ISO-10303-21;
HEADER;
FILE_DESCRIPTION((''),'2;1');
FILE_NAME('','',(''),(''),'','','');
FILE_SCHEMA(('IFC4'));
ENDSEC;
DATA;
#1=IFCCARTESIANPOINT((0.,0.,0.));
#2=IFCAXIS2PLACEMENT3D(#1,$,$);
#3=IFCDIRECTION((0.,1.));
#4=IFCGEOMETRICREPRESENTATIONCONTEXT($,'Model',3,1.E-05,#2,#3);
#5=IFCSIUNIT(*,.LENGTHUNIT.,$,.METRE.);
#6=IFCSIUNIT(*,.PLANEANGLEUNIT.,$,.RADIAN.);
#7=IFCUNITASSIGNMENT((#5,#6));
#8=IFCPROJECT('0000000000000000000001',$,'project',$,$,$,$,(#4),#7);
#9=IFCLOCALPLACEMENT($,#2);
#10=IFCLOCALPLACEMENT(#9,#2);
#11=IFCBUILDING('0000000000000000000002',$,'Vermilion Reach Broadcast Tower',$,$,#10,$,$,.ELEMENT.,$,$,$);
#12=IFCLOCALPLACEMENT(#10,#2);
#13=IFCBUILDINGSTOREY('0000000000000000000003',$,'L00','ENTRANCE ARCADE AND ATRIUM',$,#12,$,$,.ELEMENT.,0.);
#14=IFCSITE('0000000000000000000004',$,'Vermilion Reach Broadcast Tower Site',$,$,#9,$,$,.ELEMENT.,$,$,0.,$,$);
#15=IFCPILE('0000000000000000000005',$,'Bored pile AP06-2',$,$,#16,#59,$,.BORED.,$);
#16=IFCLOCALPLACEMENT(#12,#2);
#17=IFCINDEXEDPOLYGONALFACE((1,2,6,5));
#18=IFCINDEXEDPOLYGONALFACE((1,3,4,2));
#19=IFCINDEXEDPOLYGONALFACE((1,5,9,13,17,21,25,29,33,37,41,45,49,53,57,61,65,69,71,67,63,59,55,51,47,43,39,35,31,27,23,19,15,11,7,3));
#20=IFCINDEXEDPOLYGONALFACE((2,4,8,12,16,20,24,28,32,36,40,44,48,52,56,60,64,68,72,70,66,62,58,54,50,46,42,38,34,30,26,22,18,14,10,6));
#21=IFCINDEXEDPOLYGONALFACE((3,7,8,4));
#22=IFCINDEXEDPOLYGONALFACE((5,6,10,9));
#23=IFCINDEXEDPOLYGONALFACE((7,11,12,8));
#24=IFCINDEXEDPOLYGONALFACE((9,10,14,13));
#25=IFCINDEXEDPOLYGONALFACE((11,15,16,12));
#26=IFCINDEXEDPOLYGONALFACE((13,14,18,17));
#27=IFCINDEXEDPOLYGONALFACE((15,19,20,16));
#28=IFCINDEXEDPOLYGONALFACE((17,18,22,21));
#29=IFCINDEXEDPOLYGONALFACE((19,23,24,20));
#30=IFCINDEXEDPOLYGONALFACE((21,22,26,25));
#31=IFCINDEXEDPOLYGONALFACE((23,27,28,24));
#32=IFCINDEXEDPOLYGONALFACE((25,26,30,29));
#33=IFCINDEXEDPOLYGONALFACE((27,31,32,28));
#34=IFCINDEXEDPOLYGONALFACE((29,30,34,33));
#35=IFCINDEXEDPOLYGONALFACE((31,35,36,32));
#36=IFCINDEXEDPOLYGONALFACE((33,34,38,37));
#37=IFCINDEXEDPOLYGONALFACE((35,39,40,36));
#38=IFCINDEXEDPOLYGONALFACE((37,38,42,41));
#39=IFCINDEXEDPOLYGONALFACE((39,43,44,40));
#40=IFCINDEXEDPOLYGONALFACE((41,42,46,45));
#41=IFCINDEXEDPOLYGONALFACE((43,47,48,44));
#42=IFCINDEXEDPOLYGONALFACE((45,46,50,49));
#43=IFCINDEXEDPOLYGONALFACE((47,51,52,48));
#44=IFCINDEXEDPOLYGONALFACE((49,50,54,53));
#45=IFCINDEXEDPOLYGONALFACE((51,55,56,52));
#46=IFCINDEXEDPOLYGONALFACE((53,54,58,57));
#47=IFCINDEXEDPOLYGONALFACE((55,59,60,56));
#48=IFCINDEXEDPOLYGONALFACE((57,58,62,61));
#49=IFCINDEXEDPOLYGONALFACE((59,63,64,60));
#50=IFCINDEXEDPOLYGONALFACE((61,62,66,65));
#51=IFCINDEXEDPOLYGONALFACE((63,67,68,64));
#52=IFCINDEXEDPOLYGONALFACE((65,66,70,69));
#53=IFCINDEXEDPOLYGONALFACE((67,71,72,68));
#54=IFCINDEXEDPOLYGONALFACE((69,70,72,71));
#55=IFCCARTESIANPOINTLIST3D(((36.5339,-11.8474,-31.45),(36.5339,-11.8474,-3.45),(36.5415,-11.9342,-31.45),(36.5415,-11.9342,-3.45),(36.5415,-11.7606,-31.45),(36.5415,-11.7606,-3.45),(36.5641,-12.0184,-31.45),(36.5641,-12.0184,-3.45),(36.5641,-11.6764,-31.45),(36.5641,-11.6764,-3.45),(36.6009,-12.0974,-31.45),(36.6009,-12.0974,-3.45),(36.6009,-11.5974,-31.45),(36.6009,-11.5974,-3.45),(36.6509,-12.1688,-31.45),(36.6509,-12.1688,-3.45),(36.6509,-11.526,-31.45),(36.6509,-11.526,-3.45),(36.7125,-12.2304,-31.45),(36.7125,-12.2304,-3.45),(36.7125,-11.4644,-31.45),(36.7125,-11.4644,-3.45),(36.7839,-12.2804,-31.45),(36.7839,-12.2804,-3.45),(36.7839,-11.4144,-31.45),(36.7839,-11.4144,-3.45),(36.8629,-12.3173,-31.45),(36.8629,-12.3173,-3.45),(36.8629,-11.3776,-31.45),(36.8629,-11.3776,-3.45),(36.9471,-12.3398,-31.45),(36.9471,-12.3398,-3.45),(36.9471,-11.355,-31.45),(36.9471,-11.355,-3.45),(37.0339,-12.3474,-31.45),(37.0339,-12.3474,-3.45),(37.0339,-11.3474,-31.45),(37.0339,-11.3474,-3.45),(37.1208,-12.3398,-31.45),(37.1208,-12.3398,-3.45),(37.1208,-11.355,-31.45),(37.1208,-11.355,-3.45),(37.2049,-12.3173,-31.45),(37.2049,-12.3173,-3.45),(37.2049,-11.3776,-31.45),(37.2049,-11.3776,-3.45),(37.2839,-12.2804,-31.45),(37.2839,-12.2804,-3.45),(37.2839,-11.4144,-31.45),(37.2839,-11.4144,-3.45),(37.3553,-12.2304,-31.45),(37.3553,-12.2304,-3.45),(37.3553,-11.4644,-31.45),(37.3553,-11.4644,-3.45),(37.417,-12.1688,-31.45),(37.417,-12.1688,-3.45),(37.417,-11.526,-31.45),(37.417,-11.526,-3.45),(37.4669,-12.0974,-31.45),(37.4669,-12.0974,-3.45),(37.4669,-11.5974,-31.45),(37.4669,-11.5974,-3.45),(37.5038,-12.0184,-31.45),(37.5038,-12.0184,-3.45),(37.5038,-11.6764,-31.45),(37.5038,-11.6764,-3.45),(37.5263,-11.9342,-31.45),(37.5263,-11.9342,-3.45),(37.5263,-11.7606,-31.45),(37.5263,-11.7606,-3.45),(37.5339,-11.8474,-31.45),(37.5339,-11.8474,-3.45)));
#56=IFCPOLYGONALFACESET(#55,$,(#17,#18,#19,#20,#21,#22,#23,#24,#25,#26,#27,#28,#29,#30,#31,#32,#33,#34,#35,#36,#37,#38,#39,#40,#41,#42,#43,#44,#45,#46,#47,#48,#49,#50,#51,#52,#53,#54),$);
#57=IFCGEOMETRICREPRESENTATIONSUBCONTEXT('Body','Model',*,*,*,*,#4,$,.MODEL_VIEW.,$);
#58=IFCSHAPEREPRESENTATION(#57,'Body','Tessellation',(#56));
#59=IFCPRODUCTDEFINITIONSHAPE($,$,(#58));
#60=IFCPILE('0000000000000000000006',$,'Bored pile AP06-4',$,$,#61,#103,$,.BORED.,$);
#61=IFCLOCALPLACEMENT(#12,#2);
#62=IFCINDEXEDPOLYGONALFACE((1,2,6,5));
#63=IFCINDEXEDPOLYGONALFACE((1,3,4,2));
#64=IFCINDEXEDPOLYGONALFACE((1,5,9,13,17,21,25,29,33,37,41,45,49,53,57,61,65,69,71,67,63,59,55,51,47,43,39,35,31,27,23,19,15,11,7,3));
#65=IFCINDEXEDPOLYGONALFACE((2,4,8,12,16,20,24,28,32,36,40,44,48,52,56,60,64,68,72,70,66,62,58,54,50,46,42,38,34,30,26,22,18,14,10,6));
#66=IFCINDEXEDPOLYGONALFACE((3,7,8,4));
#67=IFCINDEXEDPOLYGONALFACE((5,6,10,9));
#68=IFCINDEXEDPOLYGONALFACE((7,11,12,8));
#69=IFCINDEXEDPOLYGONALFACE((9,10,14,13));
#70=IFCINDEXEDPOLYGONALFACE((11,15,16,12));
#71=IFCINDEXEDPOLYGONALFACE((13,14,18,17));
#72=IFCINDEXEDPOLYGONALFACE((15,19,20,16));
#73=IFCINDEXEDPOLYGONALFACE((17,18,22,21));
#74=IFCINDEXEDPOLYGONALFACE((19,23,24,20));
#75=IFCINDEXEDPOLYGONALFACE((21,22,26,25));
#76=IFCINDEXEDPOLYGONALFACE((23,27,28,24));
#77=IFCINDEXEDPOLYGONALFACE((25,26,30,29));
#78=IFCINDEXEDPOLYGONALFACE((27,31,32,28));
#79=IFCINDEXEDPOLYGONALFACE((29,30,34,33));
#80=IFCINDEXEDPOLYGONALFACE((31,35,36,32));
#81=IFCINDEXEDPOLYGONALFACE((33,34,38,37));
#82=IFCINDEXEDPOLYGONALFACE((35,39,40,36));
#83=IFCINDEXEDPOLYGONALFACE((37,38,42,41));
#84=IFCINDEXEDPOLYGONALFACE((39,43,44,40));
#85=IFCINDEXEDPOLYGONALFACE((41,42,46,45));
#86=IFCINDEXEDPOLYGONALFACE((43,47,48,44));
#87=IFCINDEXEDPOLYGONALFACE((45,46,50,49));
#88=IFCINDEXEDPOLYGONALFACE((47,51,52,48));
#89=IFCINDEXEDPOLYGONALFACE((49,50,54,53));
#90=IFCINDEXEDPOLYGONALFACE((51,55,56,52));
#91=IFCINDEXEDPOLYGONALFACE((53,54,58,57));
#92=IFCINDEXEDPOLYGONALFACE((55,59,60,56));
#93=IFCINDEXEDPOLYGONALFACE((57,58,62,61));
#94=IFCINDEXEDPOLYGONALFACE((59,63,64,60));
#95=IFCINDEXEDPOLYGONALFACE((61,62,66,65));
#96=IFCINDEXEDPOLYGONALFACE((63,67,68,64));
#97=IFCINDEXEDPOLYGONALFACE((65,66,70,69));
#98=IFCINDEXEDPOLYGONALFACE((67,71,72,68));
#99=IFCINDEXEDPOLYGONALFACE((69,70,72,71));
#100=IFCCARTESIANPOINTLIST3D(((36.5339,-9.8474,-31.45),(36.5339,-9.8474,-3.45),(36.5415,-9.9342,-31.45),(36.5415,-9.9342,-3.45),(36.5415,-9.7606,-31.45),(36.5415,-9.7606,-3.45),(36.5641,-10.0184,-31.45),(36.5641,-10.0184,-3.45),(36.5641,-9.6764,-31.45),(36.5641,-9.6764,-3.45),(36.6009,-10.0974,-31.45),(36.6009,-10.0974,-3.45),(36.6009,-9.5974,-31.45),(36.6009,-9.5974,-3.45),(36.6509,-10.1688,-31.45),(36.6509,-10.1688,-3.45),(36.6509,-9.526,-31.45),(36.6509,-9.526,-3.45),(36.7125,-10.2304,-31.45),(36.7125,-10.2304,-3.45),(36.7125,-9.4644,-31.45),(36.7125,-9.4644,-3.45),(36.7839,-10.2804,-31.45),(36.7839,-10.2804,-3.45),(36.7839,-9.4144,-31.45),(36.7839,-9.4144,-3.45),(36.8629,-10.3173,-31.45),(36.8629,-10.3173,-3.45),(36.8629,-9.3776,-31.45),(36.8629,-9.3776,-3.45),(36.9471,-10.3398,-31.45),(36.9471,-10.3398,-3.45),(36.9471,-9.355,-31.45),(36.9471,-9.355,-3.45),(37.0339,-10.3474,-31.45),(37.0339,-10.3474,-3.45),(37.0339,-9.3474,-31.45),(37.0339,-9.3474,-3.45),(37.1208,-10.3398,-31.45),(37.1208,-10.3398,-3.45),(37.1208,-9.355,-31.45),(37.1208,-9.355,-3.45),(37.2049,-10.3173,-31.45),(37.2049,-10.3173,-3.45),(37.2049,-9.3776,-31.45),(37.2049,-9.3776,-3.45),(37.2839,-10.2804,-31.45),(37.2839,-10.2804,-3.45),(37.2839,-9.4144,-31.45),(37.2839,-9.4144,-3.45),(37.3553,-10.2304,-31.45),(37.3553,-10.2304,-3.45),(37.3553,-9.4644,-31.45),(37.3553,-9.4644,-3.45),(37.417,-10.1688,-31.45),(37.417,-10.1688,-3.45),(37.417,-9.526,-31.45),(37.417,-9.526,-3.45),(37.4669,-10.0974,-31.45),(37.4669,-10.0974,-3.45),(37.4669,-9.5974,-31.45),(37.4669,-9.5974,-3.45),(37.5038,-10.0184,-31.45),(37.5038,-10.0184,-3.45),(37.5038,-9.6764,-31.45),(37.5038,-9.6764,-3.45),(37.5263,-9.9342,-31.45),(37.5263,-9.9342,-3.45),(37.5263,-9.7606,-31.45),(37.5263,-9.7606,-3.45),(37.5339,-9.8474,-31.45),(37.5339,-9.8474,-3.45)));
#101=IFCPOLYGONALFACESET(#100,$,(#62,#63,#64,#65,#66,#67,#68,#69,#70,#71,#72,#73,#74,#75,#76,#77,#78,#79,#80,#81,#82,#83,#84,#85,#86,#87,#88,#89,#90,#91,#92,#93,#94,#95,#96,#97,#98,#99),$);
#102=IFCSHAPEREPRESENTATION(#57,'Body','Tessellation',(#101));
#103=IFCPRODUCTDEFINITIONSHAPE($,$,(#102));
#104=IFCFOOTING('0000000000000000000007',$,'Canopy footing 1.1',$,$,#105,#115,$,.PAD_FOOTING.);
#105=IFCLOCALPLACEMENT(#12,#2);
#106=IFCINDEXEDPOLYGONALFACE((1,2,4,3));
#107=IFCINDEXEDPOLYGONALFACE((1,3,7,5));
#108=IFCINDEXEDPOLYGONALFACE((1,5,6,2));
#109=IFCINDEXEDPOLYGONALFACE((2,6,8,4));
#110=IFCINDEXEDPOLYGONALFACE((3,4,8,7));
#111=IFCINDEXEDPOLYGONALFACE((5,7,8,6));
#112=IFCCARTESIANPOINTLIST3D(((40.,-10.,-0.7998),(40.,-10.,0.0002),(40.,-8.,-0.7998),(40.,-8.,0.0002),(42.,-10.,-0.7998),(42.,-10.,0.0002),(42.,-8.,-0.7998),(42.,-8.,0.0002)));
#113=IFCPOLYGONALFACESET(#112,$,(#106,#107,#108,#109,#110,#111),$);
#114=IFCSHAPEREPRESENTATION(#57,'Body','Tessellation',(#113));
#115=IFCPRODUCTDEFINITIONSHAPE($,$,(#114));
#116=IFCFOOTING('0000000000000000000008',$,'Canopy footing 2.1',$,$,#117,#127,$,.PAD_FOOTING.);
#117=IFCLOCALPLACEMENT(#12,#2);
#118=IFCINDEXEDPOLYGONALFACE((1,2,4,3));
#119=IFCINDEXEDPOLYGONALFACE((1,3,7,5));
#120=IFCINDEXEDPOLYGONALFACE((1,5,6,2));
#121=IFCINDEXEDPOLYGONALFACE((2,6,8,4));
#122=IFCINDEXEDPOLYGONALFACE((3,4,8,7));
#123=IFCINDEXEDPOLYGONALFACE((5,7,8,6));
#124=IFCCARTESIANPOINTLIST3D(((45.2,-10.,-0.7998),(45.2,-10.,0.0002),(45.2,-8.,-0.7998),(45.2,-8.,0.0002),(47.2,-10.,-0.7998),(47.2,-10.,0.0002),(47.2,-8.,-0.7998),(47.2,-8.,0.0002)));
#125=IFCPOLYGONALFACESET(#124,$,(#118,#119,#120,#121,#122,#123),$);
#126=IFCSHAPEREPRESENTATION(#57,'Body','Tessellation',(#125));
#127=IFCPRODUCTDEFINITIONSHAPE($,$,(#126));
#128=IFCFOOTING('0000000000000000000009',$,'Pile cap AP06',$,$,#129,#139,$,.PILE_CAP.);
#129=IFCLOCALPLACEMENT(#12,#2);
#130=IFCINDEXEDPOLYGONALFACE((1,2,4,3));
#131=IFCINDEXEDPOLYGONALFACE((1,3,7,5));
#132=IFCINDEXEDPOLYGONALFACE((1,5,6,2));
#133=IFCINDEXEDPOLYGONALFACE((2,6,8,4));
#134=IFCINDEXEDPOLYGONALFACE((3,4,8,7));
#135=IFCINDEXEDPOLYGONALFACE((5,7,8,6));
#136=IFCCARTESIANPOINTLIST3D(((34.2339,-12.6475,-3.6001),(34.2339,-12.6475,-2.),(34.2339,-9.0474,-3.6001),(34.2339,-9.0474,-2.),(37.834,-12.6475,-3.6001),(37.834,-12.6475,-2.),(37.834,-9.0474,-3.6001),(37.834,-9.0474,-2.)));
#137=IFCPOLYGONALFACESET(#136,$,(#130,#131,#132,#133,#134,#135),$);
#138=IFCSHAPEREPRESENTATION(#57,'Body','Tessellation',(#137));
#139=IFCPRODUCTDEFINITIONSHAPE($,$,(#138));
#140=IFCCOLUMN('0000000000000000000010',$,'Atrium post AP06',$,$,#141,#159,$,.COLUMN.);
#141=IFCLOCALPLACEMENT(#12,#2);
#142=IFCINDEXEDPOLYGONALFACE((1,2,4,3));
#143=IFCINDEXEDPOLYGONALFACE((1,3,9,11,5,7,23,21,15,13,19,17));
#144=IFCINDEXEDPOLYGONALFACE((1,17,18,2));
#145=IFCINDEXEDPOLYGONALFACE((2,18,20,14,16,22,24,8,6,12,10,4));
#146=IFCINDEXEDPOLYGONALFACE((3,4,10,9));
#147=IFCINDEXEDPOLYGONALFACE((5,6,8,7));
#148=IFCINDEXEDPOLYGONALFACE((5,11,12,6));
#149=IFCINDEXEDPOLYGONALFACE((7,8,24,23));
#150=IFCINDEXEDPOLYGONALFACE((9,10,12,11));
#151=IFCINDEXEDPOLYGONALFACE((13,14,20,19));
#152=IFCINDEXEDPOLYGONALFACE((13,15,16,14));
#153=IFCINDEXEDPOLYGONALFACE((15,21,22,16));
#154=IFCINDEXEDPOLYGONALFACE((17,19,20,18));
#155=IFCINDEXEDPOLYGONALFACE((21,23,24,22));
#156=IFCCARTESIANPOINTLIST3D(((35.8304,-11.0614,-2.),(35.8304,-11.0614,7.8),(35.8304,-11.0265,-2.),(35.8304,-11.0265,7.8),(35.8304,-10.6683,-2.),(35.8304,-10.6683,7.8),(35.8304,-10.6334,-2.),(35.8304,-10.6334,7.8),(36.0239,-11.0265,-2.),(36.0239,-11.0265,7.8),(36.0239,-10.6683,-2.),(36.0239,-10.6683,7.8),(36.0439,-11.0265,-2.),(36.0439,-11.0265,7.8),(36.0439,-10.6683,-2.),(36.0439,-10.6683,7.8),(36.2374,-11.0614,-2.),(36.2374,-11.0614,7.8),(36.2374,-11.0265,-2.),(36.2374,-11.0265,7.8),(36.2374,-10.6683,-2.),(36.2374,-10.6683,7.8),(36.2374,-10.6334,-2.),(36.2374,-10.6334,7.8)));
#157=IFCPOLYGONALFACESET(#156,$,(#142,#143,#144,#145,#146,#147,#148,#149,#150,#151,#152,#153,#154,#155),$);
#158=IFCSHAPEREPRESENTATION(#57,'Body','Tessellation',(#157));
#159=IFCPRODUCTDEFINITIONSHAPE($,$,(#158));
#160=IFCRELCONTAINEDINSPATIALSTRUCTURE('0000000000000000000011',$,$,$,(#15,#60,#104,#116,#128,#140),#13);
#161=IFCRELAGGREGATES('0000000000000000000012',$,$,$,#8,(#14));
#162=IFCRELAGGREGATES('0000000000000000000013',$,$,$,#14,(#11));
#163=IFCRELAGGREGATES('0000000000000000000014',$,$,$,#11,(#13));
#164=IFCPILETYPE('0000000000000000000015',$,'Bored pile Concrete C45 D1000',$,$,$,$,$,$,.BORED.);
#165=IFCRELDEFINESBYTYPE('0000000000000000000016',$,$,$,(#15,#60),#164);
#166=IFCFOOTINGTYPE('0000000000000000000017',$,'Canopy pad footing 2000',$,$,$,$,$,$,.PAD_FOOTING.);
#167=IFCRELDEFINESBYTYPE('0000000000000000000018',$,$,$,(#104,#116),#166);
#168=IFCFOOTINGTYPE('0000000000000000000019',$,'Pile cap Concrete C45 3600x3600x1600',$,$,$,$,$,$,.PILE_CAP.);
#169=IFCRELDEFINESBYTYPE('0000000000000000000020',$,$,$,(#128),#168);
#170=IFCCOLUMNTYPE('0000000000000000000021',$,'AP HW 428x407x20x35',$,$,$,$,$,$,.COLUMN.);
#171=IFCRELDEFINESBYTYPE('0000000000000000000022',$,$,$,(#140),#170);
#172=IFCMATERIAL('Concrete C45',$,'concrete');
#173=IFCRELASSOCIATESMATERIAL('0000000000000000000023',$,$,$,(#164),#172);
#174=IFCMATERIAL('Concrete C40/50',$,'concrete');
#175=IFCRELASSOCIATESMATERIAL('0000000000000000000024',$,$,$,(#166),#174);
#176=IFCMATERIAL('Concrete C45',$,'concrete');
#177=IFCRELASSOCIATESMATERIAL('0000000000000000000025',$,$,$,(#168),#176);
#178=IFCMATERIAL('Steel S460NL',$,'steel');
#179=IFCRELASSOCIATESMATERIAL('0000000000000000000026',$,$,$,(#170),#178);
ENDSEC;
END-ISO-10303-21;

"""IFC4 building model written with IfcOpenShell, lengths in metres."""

from ifc_helpers import new_model, si_unit, direction, frame, origin, origin_2d, place, context, subcontext, project, spatial, rectangle, circle, i_section, extrude, material, material_profile, profile_set, type_object, element, save


model = new_model("IFC4")

# Units and contexts
model_context = context("Model", 3, precision=1e-05, world=origin(), true_north=direction((0.0, 1.0)))
body_context = subcontext(model_context, "Body", "Model", "MODEL_VIEW")
ifc_project = project(units=[si_unit("LENGTHUNIT", "METRE"), si_unit("PLANEANGLEUNIT", "RADIAN")], contexts=[model_context])

# Site, building, storey
site_placement = place(None, origin())
site = spatial("IfcSite", under=ifc_project, at=site_placement, Name="Vermilion Reach Broadcast Tower Site", CompositionType="ELEMENT", RefElevation=0.0)
building_placement = place(site_placement, origin())
building = spatial("IfcBuilding", under=site, at=building_placement, Name="Vermilion Reach Broadcast Tower", CompositionType="ELEMENT")
storey_placement = place(building_placement, origin())
storey = spatial("IfcBuildingStorey", under=building, at=storey_placement, Name="L00", Description="ENTRANCE ARCADE AND ATRIUM", CompositionType="ELEMENT", Elevation=0.0)

# Piles
ifc_material_1 = material(Name="Concrete C45", Category="concrete")
ifc_material_profile_1 = material_profile(ifc_material_1, circle(Radius=0.5, at=origin_2d()), Name="Concrete C45 D1000")
ifc_profile_set_1 = profile_set([ifc_material_profile_1], Name="Concrete C45")
pile_type = type_object("IfcPileType", Name="Bored pile Concrete C45 D1000", PredefinedType="BORED", material=ifc_profile_set_1)
for number, where, z_axis, x_axis, name in (
    (1, (37.0339, -11.8474, -3.45), (0.0, 0.0, -1.0), (1.0, 0.0, 0.0), "Bored pile AP06-2"),
    (2, (37.0339, -9.8474, -3.45), (0.0, 0.0, -1.0), (1.0, 0.0, 0.0), "Bored pile AP06-4"),
):
    element("IfcPile", number, at=place(storey_placement, frame(where, z_axis=z_axis, x_axis=x_axis)), inside=storey, type_object=pile_type, Name=name, PredefinedType="BORED", context=body_context, shape_type="SweptSolid", body=[
        extrude(circle(Radius=0.5, at=origin_2d()), origin(), (0.0, 0.0, 1.0), 28.0),
    ])

# Footings
ifc_material_2 = material(Name="Concrete C40/50", Category="concrete")
footing_type_1 = type_object("IfcFootingType", Name="Canopy pad footing 2000", PredefinedType="PAD_FOOTING", material=ifc_material_2)
for number, where, z_axis, x_axis, name in (
    (3, (41.0, -9.0, -0.7998), (0.0, 0.0, 1.0), (1.0, 0.0, 0.0), "Canopy footing 1.1"),
    (4, (46.2, -9.0, -0.7998), (0.0, 0.0, 1.0), (1.0, 0.0, 0.0), "Canopy footing 2.1"),
):
    element("IfcFooting", number, at=place(storey_placement, frame(where, z_axis=z_axis, x_axis=x_axis)), inside=storey, type_object=footing_type_1, Name=name, PredefinedType="PAD_FOOTING", context=body_context, shape_type="SweptSolid", body=[
        extrude(rectangle(XDim=2.0, YDim=2.0, at=origin_2d()), origin(), (0.0, 0.0, 1.0), 0.8),
    ])
ifc_material_3 = material(Name="Concrete C45", Category="concrete")
footing_type_2 = type_object("IfcFootingType", Name="Pile cap Concrete C45 3600x3600x1600", PredefinedType="PILE_CAP", material=ifc_material_3)
footing_placement = place(storey_placement, frame((36.0339, -10.8474, -3.6001), z_axis=(0.0, 0.0, 1.0), x_axis=(1.0, 0.0, 0.0)))
element("IfcFooting", 5, at=footing_placement, inside=storey, type_object=footing_type_2, Name="Pile cap AP06", PredefinedType="PILE_CAP", context=body_context, shape_type="SweptSolid", body=[
    extrude(rectangle(XDim=3.6001, YDim=3.6001, at=origin_2d()), origin(), (0.0, 0.0, 1.0), 1.6001),
])

# Column
ifc_material_4 = material(Name="Steel S460NL", Category="steel")
ifc_material_profile_2 = material_profile(ifc_material_4, i_section(OverallWidth=0.407, OverallDepth=0.428, WebThickness=0.02, FlangeThickness=0.0349, at=origin_2d()), Name="S460NL HW 428x407x20x35")
ifc_profile_set_2 = profile_set([ifc_material_profile_2], Name="Steel S460NL")
column_type_1 = type_object("IfcColumnType", Name="AP HW 428x407x20x35", PredefinedType="COLUMN", material=ifc_profile_set_2)
column_placement = place(storey_placement, frame((36.0339, -10.8474, -2.0), z_axis=(0.0, 0.0, 1.0), x_axis=(1.0, 0.0, 0.0)))
element("IfcColumn", 6, at=column_placement, inside=storey, type_object=column_type_1, Name="Atrium post AP06", PredefinedType="COLUMN", context=body_context, shape_type="SweptSolid", body=[
    extrude(i_section(OverallWidth=0.407, OverallDepth=0.428, WebThickness=0.02, FlangeThickness=0.0349, at=origin_2d()), origin(), (0.0, 0.0, 1.0), 9.8),
])

save(model, "model.ifc")
